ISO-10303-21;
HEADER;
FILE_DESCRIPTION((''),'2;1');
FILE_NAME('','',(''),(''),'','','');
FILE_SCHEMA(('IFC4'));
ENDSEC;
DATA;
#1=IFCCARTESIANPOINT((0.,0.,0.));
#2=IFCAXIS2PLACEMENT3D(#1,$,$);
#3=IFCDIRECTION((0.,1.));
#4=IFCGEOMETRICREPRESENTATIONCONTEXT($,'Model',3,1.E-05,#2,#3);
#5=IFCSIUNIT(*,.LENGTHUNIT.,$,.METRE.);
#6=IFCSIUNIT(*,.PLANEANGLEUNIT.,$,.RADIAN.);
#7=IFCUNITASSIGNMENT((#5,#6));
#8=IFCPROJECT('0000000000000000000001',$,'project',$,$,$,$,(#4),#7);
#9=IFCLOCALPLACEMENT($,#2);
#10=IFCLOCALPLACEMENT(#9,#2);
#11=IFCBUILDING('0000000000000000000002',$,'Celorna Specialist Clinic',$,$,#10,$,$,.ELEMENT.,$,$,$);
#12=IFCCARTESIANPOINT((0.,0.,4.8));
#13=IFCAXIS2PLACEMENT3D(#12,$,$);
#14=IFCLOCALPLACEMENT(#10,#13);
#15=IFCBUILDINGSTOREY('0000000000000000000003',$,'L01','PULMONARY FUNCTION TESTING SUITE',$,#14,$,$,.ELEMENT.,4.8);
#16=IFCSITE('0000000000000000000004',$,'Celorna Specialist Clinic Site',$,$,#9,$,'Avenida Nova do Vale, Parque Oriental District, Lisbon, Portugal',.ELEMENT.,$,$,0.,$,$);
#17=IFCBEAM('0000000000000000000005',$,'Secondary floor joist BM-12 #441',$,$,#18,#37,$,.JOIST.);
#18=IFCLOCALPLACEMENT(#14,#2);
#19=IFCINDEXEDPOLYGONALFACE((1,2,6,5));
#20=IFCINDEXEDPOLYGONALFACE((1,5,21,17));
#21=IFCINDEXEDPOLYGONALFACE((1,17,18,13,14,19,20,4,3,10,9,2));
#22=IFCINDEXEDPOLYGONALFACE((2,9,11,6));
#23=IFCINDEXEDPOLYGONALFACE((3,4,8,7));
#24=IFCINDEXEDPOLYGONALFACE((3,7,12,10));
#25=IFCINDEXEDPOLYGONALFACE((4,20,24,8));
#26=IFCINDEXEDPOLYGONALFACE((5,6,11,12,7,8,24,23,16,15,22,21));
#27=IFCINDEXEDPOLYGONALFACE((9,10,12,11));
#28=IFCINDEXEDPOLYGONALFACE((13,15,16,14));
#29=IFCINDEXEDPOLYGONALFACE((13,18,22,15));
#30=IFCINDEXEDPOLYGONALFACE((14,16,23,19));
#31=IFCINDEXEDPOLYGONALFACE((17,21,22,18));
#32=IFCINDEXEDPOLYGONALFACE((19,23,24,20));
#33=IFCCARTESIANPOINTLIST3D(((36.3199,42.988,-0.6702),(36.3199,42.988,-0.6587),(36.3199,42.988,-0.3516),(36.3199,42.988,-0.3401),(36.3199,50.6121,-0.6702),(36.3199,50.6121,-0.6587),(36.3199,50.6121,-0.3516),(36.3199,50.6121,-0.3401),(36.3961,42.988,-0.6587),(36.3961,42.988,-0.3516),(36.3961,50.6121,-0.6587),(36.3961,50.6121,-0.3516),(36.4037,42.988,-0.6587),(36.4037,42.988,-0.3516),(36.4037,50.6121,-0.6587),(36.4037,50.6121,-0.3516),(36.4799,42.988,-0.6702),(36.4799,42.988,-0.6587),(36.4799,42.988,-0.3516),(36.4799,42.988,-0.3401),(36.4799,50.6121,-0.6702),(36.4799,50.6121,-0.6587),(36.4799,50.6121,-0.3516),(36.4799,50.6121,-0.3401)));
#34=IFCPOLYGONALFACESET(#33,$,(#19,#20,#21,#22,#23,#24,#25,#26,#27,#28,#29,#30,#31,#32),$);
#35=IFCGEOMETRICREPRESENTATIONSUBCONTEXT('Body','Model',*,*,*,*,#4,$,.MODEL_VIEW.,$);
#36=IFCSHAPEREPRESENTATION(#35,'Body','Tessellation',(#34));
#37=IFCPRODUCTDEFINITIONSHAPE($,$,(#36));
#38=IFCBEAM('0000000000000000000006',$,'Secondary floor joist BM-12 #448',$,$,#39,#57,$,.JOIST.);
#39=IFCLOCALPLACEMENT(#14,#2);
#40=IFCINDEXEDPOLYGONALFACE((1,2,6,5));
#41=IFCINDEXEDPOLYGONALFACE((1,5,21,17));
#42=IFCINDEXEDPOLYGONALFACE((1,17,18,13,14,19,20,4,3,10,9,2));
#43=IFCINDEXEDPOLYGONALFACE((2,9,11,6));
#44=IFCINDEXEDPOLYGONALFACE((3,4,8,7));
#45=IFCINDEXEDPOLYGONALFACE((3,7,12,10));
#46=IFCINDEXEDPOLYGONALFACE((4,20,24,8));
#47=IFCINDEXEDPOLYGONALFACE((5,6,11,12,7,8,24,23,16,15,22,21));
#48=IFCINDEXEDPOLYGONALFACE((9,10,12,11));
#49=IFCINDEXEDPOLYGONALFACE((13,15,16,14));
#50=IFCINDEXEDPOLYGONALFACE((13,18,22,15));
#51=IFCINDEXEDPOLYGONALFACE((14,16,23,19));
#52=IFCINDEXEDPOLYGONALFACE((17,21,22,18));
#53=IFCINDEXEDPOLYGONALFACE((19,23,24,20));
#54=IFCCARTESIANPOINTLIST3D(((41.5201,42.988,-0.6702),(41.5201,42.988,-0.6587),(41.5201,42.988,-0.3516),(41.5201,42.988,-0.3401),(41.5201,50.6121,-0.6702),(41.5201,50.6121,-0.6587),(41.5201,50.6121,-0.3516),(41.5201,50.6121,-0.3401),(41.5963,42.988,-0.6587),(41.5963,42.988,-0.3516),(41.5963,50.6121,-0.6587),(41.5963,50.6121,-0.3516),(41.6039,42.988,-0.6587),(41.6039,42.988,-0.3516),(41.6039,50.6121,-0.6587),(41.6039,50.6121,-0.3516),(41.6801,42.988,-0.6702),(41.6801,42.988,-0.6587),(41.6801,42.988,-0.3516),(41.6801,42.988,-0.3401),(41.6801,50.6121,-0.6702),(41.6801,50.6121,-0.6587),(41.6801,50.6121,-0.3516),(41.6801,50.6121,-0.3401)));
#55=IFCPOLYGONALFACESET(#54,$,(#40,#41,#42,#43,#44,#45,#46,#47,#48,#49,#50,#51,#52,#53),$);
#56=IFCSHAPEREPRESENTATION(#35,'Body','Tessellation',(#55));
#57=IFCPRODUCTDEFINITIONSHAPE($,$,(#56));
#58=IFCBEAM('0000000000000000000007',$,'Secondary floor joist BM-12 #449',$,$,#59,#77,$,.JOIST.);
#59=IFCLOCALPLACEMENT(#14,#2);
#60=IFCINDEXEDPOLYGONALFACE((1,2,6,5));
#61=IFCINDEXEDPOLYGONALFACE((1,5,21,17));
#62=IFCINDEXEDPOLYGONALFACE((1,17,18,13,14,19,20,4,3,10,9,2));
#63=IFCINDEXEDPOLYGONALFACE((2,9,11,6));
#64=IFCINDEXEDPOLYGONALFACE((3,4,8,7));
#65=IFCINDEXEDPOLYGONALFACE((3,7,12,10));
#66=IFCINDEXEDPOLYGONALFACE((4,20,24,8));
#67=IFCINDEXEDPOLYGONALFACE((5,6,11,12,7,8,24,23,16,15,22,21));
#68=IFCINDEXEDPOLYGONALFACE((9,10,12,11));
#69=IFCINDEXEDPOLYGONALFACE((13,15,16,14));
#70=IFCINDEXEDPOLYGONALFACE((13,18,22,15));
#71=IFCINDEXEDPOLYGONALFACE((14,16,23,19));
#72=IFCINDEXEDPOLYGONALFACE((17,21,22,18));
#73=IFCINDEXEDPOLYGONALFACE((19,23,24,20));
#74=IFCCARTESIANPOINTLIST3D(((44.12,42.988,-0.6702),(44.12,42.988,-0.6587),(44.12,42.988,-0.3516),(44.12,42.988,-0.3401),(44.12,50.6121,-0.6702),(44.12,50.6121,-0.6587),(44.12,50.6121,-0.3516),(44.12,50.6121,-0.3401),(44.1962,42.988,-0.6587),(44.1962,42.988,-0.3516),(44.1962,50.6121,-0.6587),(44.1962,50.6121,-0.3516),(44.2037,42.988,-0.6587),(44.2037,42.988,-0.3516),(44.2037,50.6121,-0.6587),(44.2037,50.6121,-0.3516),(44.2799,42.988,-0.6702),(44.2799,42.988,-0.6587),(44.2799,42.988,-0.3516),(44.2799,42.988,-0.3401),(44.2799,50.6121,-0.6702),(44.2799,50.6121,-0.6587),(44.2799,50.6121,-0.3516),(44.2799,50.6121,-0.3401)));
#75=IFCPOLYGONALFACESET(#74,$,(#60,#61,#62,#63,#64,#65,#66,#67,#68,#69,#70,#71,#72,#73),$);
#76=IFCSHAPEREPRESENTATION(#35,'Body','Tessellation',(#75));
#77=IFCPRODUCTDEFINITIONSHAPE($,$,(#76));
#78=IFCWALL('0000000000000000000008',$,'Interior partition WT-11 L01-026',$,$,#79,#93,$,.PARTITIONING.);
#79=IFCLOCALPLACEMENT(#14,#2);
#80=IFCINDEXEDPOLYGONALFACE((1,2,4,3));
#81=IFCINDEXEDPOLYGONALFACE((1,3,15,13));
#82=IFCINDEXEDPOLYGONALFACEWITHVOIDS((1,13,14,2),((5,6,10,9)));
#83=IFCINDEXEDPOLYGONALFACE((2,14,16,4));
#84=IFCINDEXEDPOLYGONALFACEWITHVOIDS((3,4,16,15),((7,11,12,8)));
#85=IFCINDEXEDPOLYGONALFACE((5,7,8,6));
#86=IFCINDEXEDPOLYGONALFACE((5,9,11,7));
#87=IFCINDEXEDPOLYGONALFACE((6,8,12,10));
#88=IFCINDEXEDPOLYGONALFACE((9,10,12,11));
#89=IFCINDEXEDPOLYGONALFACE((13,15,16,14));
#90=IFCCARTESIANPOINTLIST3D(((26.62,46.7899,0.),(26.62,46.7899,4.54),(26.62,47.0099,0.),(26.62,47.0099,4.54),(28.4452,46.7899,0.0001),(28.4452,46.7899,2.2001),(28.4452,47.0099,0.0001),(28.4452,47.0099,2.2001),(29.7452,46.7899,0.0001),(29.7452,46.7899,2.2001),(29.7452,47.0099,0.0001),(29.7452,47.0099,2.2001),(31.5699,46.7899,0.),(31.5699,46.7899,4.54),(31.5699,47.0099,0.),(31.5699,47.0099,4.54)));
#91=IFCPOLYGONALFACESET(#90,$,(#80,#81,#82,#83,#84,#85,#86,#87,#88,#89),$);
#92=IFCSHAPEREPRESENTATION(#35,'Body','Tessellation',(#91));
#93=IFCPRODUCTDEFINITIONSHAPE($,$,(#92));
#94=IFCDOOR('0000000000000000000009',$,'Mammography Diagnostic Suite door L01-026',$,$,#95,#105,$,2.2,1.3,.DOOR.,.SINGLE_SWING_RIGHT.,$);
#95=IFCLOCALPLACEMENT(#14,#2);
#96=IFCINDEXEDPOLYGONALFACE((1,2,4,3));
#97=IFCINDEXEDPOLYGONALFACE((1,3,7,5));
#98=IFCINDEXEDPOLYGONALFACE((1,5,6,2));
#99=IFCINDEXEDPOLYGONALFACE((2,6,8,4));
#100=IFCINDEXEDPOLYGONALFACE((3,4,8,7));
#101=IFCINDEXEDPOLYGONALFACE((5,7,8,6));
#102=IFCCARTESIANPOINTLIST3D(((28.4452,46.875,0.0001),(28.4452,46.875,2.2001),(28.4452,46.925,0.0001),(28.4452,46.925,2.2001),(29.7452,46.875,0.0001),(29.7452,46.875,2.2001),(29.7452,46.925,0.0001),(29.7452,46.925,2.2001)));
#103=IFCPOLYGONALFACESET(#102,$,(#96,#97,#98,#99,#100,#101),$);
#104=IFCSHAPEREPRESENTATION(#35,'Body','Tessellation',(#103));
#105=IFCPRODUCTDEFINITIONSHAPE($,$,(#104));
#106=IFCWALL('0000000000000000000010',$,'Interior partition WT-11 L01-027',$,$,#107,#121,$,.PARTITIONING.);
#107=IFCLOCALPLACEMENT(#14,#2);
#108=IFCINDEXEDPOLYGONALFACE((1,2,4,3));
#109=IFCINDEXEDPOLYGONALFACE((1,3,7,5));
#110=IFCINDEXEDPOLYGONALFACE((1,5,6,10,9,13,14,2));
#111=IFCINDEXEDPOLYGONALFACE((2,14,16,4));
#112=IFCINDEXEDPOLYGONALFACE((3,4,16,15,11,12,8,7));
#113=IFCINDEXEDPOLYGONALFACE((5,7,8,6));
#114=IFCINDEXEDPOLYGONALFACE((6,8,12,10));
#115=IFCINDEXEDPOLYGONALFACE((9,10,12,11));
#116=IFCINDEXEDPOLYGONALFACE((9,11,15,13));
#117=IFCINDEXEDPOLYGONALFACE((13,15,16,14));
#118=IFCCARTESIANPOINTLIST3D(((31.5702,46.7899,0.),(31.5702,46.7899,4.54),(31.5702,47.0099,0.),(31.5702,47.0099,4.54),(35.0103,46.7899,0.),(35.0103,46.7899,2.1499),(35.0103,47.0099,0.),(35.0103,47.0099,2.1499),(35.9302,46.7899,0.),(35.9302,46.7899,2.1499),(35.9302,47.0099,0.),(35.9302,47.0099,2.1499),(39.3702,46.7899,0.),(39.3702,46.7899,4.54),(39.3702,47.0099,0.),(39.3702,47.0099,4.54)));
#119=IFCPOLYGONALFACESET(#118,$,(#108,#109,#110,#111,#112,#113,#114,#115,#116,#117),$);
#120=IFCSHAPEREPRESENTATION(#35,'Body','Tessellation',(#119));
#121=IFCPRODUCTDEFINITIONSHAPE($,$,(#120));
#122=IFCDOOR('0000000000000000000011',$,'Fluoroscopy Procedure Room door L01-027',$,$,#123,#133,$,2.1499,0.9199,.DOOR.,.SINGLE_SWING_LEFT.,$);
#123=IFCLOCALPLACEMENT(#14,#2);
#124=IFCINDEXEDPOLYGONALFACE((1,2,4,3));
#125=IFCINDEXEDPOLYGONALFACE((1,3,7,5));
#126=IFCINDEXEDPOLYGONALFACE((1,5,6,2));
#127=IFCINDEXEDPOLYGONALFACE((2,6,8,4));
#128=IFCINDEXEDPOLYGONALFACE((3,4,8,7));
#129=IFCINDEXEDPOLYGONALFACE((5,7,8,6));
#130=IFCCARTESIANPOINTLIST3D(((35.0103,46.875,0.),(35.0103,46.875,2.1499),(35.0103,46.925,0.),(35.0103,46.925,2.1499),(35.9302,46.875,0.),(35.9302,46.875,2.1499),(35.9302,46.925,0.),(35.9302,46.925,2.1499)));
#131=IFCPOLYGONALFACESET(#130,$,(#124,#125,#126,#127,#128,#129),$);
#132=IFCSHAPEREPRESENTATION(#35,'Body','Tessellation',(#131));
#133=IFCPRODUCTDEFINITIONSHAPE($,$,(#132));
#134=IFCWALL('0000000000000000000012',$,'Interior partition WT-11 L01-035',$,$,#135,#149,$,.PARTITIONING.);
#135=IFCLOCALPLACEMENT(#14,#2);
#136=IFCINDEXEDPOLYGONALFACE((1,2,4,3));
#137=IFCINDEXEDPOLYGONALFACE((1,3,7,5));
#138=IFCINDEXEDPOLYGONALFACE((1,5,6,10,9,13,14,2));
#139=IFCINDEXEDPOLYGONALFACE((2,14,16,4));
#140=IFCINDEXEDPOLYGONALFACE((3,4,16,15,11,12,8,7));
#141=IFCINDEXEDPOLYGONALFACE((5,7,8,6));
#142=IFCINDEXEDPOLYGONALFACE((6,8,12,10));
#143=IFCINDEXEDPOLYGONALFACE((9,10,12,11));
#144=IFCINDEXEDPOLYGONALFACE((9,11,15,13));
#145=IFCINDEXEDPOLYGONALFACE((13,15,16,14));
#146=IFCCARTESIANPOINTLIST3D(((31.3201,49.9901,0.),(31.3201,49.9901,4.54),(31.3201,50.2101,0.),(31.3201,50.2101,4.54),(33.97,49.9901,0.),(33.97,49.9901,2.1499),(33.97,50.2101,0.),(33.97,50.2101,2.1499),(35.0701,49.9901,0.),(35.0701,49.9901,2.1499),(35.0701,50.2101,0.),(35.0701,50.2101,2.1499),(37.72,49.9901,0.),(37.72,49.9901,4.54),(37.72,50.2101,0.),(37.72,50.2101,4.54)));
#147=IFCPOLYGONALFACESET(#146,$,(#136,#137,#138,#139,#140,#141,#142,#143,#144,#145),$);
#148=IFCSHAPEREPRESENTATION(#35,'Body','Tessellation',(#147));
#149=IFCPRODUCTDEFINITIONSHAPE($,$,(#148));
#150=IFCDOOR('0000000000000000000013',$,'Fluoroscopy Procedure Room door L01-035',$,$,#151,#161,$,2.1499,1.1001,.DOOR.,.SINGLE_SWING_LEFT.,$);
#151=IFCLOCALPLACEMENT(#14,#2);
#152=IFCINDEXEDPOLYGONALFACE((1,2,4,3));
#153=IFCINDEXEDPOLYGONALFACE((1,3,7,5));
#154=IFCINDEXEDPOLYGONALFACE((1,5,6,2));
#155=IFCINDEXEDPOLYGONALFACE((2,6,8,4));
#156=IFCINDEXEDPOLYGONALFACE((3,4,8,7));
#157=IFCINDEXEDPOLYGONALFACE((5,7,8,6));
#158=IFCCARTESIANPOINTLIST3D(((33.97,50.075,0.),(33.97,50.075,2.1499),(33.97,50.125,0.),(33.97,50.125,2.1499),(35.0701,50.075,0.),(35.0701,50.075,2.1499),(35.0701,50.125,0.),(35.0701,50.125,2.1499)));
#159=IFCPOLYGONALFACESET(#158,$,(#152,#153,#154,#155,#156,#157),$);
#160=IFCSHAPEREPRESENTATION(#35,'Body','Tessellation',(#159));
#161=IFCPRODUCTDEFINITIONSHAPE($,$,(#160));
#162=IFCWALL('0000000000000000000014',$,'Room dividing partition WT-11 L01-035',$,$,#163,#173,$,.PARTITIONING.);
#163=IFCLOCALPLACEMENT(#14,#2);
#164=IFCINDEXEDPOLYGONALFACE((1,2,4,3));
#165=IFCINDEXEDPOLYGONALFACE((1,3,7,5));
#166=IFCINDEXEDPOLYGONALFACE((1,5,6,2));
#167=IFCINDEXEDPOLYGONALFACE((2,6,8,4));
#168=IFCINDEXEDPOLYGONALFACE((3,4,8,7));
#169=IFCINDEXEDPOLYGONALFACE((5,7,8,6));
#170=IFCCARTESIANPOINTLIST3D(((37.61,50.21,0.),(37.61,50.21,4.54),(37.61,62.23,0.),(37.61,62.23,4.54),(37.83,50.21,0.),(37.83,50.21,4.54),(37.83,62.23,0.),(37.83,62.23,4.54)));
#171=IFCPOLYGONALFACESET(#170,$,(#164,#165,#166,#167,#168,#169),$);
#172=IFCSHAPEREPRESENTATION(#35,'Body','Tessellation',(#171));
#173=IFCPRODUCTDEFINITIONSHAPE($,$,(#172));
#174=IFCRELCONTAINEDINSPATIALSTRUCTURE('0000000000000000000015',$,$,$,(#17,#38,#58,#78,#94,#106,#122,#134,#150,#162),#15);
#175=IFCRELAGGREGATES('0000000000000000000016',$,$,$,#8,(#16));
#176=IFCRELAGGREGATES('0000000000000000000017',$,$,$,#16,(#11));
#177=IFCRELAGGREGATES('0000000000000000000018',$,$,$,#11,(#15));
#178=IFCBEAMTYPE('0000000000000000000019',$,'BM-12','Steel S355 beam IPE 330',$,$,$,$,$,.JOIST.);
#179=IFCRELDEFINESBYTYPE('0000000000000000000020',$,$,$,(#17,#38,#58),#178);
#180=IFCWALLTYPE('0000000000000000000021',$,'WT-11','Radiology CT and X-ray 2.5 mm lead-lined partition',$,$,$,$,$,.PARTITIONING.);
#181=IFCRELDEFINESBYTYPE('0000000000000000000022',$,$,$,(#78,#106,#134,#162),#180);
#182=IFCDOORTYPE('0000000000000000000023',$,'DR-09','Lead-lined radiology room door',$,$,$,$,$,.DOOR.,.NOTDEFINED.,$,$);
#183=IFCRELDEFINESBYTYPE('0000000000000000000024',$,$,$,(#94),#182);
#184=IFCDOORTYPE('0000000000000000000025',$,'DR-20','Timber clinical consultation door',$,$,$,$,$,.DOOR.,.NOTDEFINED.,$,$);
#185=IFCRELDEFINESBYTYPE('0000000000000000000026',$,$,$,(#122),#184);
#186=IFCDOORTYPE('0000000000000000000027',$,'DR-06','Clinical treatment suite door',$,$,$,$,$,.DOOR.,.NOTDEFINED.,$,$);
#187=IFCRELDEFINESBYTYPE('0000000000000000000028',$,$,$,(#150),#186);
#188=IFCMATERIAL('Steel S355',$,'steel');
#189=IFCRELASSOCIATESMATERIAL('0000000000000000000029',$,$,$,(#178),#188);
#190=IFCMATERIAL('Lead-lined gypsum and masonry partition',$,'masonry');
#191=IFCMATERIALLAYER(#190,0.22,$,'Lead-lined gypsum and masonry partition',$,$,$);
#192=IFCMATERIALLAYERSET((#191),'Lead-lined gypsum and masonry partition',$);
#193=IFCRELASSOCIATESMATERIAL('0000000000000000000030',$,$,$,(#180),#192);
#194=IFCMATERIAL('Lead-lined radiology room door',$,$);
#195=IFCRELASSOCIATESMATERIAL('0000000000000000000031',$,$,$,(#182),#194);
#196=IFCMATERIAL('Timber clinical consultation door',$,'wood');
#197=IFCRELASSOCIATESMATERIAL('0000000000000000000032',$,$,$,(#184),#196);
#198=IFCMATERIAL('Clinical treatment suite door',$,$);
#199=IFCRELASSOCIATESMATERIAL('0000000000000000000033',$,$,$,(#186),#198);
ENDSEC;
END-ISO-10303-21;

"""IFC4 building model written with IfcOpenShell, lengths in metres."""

from ifc_helpers import new_model, si_unit, direction, frame, frame_2d, origin, origin_2d, place, context, subcontext, project, spatial, rectangle, i_section, extrude, material, layer, layer_set, material_profile, profile_set, type_object, element, fill, save


model = new_model("IFC4")

# Units and contexts
model_context = context("Model", 3, precision=1e-05, world=origin(), true_north=direction((0.0, 1.0)))
body_context = subcontext(model_context, "Body", "Model", "MODEL_VIEW")
ifc_project = project(units=[si_unit("LENGTHUNIT", "METRE"), si_unit("PLANEANGLEUNIT", "RADIAN")], contexts=[model_context])

# Site, building, storey
site_placement = place(None, origin())
site = spatial("IfcSite", under=ifc_project, at=site_placement, Name="Celorna Specialist Clinic Site", LongName="Avenida Nova do Vale, Parque Oriental District, Lisbon, Portugal", CompositionType="ELEMENT", RefElevation=0.0)
building_placement = place(site_placement, origin())
building = spatial("IfcBuilding", under=site, at=building_placement, Name="Celorna Specialist Clinic", CompositionType="ELEMENT")
storey_placement = place(building_placement, frame((0.0, 0.0, 4.8)))
storey = spatial("IfcBuildingStorey", under=building, at=storey_placement, Name="L01", Description="PULMONARY FUNCTION TESTING SUITE", CompositionType="ELEMENT", Elevation=4.8)

# Beams
ifc_material_1 = material(Name="Steel S355", Category="steel")
ifc_material_profile_1 = material_profile(ifc_material_1, i_section(OverallWidth=0.1599, OverallDepth=0.3301, WebThickness=0.0076, FlangeThickness=0.0115, at=origin_2d()), Name="IPE 330")
ifc_profile_set_1 = profile_set([ifc_material_profile_1], Name="Steel S355")
beam_type_1 = type_object("IfcBeamType", Name="BM-12", Description="Steel S355 beam IPE 330", PredefinedType="JOIST", material=ifc_profile_set_1)
for number, where, z_axis, x_axis, name in (
    (1, (36.3999, 42.988, -0.5051), (0.0, 1.0, 0.0), (-1.0, 0.0, 0.0), "Secondary floor joist BM-12 #441"),
    (2, (41.6001, 42.988, -0.5051), (0.0, 1.0, 0.0), (-1.0, 0.0, 0.0), "Secondary floor joist BM-12 #448"),
    (3, (44.2, 42.988, -0.5051), (0.0, 1.0, 0.0), (-1.0, 0.0, 0.0), "Secondary floor joist BM-12 #449"),
):
    element("IfcBeam", number, at=place(storey_placement, frame(where, z_axis=z_axis, x_axis=x_axis)), inside=storey, type_object=beam_type_1, Name=name, PredefinedType="JOIST", context=body_context, shape_type="SweptSolid", body=[
        extrude(i_section(OverallWidth=0.1599, OverallDepth=0.3301, WebThickness=0.0076, FlangeThickness=0.0115, at=origin_2d()), origin(), (0.0, 0.0, 1.0), 7.624),
    ])

# Walls, openings, doors
ifc_material_2 = material(Name="Lead-lined gypsum and masonry partition", Category="masonry")
ifc_layer_1 = layer(ifc_material_2, 0.22, Name="Lead-lined gypsum and masonry partition")
ifc_layer_set_1 = layer_set([ifc_layer_1], Name="Lead-lined gypsum and masonry partition")
wall_type_1 = type_object("IfcWallType", Name="WT-11", Description="Radiology CT and X-ray 2.5 mm lead-lined partition", PredefinedType="PARTITIONING", material=ifc_layer_set_1)
wall_1_placement = place(storey_placement, frame((31.5701, 46.8999, 0.0), z_axis=(0.0, 0.0, 1.0), x_axis=(-1.0, 0.0, 0.0)))
wall_1 = element("IfcWall", 4, at=wall_1_placement, inside=storey, type_object=wall_type_1, Name="Interior partition WT-11 L01-026", PredefinedType="PARTITIONING", context=body_context, shape_type="SweptSolid", body=[
    extrude(rectangle(XDim=4.95, YDim=0.22, at=frame_2d((2.4751, 0.0))), origin(), (0.0, 0.0, 1.0), 4.54),
])
opening_1_placement = place(wall_1_placement, frame((1.825, 0.0, 0.0)))
opening_1 = element("IfcOpeningElement", 5, at=opening_1_placement, cuts=wall_1, PredefinedType="OPENING", context=body_context, shape_type="SweptSolid", body=[
    extrude(rectangle(XDim=1.3, YDim=2.2, at=frame_2d((0.6499, 1.1001))), frame((0.0, 0.1199, 0.0), z_axis=(0.0, -1.0, 0.0), x_axis=(1.0, 0.0, 0.0)), (0.0, 0.0, 1.0), 0.24),
])
ifc_material_3 = material(Name="Lead-lined radiology room door")
door_type_1 = type_object("IfcDoorType", Name="DR-09", Description="Lead-lined radiology room door", OperationType="NOTDEFINED", PredefinedType="DOOR", material=ifc_material_3)
door_1_placement = place(opening_1_placement, origin())
door_1 = element("IfcDoor", 6, at=door_1_placement, inside=storey, type_object=door_type_1, Name="Mammography Diagnostic Suite door L01-026", OperationType="SINGLE_SWING_RIGHT", OverallHeight=2.2, OverallWidth=1.3, PredefinedType="DOOR", context=body_context, shape_type="SweptSolid", body=[
    extrude(rectangle(XDim=1.3, YDim=2.2, at=frame_2d((0.6499, 1.1001))), frame((0.0, 0.0249, 0.0), z_axis=(0.0, -1.0, 0.0), x_axis=(1.0, 0.0, 0.0)), (0.0, 0.0, 1.0), 0.05),
])
fill(opening_1, door_1)
wall_2_placement = place(storey_placement, frame((39.3701, 46.8999, 0.0), z_axis=(0.0, 0.0, 1.0), x_axis=(-1.0, 0.0, 0.0)))
wall_2 = element("IfcWall", 7, at=wall_2_placement, inside=storey, type_object=wall_type_1, Name="Interior partition WT-11 L01-027", PredefinedType="PARTITIONING", context=body_context, shape_type="SweptSolid", body=[
    extrude(rectangle(XDim=7.8, YDim=0.22, at=frame_2d((3.8999, 0.0))), origin(), (0.0, 0.0, 1.0), 4.54),
])
opening_2_placement = place(wall_2_placement, frame((3.4399, 0.0, 0.0)))
opening_2 = element("IfcOpeningElement", 8, at=opening_2_placement, cuts=wall_2, PredefinedType="OPENING", context=body_context, shape_type="SweptSolid", body=[
    extrude(rectangle(XDim=0.9199, YDim=2.1499, at=frame_2d((0.46, 1.075))), frame((0.0, 0.1199, 0.0), z_axis=(0.0, -1.0, 0.0), x_axis=(1.0, 0.0, 0.0)), (0.0, 0.0, 1.0), 0.24),
])
ifc_material_4 = material(Name="Timber clinical consultation door", Category="wood")
door_type_2 = type_object("IfcDoorType", Name="DR-20", Description="Timber clinical consultation door", OperationType="NOTDEFINED", PredefinedType="DOOR", material=ifc_material_4)
door_2_placement = place(opening_2_placement, origin())
door_2 = element("IfcDoor", 9, at=door_2_placement, inside=storey, type_object=door_type_2, Name="Fluoroscopy Procedure Room door L01-027", OperationType="SINGLE_SWING_LEFT", OverallHeight=2.1499, OverallWidth=0.9199, PredefinedType="DOOR", context=body_context, shape_type="SweptSolid", body=[
    extrude(rectangle(XDim=0.9199, YDim=2.1499, at=frame_2d((0.46, 1.075))), frame((0.0, 0.0249, 0.0), z_axis=(0.0, -1.0, 0.0), x_axis=(1.0, 0.0, 0.0)), (0.0, 0.0, 1.0), 0.05),
])
fill(opening_2, door_2)
wall_3_placement = place(storey_placement, frame((31.3201, 50.1001, 0.0), z_axis=(0.0, 0.0, 1.0), x_axis=(1.0, 0.0, 0.0)))
wall_3 = element("IfcWall", 10, at=wall_3_placement, inside=storey, type_object=wall_type_1, Name="Interior partition WT-11 L01-035", PredefinedType="PARTITIONING", context=body_context, shape_type="SweptSolid", body=[
    extrude(rectangle(XDim=6.3999, YDim=0.22, at=frame_2d((3.2, 0.0))), origin(), (0.0, 0.0, 1.0), 4.54),
])
opening_3_placement = place(wall_3_placement, frame((2.6499, 0.0, 0.0)))
opening_3 = element("IfcOpeningElement", 11, at=opening_3_placement, cuts=wall_3, PredefinedType="OPENING", context=body_context, shape_type="SweptSolid", body=[
    extrude(rectangle(XDim=1.1001, YDim=2.1499, at=frame_2d((0.55, 1.075))), frame((0.0, 0.1199, 0.0), z_axis=(0.0, -1.0, 0.0), x_axis=(1.0, 0.0, 0.0)), (0.0, 0.0, 1.0), 0.24),
])
ifc_material_5 = material(Name="Clinical treatment suite door")
door_type_3 = type_object("IfcDoorType", Name="DR-06", Description="Clinical treatment suite door", OperationType="NOTDEFINED", PredefinedType="DOOR", material=ifc_material_5)
door_3_placement = place(opening_3_placement, origin())
door_3 = element("IfcDoor", 12, at=door_3_placement, inside=storey, type_object=door_type_3, Name="Fluoroscopy Procedure Room door L01-035", OperationType="SINGLE_SWING_LEFT", OverallHeight=2.1499, OverallWidth=1.1001, PredefinedType="DOOR", context=body_context, shape_type="SweptSolid", body=[
    extrude(rectangle(XDim=1.1001, YDim=2.1499, at=frame_2d((0.55, 1.075))), frame((0.0, 0.0249, 0.0), z_axis=(0.0, -1.0, 0.0), x_axis=(1.0, 0.0, 0.0)), (0.0, 0.0, 1.0), 0.05),
])
fill(opening_3, door_3)

# Wall
wall_4_placement = place(storey_placement, frame((37.72, 50.21, 0.0), z_axis=(0.0, 0.0, 1.0), x_axis=(0.0, 1.0, 0.0)))
element("IfcWall", 13, at=wall_4_placement, inside=storey, type_object=wall_type_1, Name="Room dividing partition WT-11 L01-035", PredefinedType="PARTITIONING", context=body_context, shape_type="SweptSolid", body=[
    extrude(rectangle(XDim=12.02, YDim=0.22, at=frame_2d((6.01, 0.0))), origin(), (0.0, 0.0, 1.0), 4.54),
])

save(model, "model.ifc")
